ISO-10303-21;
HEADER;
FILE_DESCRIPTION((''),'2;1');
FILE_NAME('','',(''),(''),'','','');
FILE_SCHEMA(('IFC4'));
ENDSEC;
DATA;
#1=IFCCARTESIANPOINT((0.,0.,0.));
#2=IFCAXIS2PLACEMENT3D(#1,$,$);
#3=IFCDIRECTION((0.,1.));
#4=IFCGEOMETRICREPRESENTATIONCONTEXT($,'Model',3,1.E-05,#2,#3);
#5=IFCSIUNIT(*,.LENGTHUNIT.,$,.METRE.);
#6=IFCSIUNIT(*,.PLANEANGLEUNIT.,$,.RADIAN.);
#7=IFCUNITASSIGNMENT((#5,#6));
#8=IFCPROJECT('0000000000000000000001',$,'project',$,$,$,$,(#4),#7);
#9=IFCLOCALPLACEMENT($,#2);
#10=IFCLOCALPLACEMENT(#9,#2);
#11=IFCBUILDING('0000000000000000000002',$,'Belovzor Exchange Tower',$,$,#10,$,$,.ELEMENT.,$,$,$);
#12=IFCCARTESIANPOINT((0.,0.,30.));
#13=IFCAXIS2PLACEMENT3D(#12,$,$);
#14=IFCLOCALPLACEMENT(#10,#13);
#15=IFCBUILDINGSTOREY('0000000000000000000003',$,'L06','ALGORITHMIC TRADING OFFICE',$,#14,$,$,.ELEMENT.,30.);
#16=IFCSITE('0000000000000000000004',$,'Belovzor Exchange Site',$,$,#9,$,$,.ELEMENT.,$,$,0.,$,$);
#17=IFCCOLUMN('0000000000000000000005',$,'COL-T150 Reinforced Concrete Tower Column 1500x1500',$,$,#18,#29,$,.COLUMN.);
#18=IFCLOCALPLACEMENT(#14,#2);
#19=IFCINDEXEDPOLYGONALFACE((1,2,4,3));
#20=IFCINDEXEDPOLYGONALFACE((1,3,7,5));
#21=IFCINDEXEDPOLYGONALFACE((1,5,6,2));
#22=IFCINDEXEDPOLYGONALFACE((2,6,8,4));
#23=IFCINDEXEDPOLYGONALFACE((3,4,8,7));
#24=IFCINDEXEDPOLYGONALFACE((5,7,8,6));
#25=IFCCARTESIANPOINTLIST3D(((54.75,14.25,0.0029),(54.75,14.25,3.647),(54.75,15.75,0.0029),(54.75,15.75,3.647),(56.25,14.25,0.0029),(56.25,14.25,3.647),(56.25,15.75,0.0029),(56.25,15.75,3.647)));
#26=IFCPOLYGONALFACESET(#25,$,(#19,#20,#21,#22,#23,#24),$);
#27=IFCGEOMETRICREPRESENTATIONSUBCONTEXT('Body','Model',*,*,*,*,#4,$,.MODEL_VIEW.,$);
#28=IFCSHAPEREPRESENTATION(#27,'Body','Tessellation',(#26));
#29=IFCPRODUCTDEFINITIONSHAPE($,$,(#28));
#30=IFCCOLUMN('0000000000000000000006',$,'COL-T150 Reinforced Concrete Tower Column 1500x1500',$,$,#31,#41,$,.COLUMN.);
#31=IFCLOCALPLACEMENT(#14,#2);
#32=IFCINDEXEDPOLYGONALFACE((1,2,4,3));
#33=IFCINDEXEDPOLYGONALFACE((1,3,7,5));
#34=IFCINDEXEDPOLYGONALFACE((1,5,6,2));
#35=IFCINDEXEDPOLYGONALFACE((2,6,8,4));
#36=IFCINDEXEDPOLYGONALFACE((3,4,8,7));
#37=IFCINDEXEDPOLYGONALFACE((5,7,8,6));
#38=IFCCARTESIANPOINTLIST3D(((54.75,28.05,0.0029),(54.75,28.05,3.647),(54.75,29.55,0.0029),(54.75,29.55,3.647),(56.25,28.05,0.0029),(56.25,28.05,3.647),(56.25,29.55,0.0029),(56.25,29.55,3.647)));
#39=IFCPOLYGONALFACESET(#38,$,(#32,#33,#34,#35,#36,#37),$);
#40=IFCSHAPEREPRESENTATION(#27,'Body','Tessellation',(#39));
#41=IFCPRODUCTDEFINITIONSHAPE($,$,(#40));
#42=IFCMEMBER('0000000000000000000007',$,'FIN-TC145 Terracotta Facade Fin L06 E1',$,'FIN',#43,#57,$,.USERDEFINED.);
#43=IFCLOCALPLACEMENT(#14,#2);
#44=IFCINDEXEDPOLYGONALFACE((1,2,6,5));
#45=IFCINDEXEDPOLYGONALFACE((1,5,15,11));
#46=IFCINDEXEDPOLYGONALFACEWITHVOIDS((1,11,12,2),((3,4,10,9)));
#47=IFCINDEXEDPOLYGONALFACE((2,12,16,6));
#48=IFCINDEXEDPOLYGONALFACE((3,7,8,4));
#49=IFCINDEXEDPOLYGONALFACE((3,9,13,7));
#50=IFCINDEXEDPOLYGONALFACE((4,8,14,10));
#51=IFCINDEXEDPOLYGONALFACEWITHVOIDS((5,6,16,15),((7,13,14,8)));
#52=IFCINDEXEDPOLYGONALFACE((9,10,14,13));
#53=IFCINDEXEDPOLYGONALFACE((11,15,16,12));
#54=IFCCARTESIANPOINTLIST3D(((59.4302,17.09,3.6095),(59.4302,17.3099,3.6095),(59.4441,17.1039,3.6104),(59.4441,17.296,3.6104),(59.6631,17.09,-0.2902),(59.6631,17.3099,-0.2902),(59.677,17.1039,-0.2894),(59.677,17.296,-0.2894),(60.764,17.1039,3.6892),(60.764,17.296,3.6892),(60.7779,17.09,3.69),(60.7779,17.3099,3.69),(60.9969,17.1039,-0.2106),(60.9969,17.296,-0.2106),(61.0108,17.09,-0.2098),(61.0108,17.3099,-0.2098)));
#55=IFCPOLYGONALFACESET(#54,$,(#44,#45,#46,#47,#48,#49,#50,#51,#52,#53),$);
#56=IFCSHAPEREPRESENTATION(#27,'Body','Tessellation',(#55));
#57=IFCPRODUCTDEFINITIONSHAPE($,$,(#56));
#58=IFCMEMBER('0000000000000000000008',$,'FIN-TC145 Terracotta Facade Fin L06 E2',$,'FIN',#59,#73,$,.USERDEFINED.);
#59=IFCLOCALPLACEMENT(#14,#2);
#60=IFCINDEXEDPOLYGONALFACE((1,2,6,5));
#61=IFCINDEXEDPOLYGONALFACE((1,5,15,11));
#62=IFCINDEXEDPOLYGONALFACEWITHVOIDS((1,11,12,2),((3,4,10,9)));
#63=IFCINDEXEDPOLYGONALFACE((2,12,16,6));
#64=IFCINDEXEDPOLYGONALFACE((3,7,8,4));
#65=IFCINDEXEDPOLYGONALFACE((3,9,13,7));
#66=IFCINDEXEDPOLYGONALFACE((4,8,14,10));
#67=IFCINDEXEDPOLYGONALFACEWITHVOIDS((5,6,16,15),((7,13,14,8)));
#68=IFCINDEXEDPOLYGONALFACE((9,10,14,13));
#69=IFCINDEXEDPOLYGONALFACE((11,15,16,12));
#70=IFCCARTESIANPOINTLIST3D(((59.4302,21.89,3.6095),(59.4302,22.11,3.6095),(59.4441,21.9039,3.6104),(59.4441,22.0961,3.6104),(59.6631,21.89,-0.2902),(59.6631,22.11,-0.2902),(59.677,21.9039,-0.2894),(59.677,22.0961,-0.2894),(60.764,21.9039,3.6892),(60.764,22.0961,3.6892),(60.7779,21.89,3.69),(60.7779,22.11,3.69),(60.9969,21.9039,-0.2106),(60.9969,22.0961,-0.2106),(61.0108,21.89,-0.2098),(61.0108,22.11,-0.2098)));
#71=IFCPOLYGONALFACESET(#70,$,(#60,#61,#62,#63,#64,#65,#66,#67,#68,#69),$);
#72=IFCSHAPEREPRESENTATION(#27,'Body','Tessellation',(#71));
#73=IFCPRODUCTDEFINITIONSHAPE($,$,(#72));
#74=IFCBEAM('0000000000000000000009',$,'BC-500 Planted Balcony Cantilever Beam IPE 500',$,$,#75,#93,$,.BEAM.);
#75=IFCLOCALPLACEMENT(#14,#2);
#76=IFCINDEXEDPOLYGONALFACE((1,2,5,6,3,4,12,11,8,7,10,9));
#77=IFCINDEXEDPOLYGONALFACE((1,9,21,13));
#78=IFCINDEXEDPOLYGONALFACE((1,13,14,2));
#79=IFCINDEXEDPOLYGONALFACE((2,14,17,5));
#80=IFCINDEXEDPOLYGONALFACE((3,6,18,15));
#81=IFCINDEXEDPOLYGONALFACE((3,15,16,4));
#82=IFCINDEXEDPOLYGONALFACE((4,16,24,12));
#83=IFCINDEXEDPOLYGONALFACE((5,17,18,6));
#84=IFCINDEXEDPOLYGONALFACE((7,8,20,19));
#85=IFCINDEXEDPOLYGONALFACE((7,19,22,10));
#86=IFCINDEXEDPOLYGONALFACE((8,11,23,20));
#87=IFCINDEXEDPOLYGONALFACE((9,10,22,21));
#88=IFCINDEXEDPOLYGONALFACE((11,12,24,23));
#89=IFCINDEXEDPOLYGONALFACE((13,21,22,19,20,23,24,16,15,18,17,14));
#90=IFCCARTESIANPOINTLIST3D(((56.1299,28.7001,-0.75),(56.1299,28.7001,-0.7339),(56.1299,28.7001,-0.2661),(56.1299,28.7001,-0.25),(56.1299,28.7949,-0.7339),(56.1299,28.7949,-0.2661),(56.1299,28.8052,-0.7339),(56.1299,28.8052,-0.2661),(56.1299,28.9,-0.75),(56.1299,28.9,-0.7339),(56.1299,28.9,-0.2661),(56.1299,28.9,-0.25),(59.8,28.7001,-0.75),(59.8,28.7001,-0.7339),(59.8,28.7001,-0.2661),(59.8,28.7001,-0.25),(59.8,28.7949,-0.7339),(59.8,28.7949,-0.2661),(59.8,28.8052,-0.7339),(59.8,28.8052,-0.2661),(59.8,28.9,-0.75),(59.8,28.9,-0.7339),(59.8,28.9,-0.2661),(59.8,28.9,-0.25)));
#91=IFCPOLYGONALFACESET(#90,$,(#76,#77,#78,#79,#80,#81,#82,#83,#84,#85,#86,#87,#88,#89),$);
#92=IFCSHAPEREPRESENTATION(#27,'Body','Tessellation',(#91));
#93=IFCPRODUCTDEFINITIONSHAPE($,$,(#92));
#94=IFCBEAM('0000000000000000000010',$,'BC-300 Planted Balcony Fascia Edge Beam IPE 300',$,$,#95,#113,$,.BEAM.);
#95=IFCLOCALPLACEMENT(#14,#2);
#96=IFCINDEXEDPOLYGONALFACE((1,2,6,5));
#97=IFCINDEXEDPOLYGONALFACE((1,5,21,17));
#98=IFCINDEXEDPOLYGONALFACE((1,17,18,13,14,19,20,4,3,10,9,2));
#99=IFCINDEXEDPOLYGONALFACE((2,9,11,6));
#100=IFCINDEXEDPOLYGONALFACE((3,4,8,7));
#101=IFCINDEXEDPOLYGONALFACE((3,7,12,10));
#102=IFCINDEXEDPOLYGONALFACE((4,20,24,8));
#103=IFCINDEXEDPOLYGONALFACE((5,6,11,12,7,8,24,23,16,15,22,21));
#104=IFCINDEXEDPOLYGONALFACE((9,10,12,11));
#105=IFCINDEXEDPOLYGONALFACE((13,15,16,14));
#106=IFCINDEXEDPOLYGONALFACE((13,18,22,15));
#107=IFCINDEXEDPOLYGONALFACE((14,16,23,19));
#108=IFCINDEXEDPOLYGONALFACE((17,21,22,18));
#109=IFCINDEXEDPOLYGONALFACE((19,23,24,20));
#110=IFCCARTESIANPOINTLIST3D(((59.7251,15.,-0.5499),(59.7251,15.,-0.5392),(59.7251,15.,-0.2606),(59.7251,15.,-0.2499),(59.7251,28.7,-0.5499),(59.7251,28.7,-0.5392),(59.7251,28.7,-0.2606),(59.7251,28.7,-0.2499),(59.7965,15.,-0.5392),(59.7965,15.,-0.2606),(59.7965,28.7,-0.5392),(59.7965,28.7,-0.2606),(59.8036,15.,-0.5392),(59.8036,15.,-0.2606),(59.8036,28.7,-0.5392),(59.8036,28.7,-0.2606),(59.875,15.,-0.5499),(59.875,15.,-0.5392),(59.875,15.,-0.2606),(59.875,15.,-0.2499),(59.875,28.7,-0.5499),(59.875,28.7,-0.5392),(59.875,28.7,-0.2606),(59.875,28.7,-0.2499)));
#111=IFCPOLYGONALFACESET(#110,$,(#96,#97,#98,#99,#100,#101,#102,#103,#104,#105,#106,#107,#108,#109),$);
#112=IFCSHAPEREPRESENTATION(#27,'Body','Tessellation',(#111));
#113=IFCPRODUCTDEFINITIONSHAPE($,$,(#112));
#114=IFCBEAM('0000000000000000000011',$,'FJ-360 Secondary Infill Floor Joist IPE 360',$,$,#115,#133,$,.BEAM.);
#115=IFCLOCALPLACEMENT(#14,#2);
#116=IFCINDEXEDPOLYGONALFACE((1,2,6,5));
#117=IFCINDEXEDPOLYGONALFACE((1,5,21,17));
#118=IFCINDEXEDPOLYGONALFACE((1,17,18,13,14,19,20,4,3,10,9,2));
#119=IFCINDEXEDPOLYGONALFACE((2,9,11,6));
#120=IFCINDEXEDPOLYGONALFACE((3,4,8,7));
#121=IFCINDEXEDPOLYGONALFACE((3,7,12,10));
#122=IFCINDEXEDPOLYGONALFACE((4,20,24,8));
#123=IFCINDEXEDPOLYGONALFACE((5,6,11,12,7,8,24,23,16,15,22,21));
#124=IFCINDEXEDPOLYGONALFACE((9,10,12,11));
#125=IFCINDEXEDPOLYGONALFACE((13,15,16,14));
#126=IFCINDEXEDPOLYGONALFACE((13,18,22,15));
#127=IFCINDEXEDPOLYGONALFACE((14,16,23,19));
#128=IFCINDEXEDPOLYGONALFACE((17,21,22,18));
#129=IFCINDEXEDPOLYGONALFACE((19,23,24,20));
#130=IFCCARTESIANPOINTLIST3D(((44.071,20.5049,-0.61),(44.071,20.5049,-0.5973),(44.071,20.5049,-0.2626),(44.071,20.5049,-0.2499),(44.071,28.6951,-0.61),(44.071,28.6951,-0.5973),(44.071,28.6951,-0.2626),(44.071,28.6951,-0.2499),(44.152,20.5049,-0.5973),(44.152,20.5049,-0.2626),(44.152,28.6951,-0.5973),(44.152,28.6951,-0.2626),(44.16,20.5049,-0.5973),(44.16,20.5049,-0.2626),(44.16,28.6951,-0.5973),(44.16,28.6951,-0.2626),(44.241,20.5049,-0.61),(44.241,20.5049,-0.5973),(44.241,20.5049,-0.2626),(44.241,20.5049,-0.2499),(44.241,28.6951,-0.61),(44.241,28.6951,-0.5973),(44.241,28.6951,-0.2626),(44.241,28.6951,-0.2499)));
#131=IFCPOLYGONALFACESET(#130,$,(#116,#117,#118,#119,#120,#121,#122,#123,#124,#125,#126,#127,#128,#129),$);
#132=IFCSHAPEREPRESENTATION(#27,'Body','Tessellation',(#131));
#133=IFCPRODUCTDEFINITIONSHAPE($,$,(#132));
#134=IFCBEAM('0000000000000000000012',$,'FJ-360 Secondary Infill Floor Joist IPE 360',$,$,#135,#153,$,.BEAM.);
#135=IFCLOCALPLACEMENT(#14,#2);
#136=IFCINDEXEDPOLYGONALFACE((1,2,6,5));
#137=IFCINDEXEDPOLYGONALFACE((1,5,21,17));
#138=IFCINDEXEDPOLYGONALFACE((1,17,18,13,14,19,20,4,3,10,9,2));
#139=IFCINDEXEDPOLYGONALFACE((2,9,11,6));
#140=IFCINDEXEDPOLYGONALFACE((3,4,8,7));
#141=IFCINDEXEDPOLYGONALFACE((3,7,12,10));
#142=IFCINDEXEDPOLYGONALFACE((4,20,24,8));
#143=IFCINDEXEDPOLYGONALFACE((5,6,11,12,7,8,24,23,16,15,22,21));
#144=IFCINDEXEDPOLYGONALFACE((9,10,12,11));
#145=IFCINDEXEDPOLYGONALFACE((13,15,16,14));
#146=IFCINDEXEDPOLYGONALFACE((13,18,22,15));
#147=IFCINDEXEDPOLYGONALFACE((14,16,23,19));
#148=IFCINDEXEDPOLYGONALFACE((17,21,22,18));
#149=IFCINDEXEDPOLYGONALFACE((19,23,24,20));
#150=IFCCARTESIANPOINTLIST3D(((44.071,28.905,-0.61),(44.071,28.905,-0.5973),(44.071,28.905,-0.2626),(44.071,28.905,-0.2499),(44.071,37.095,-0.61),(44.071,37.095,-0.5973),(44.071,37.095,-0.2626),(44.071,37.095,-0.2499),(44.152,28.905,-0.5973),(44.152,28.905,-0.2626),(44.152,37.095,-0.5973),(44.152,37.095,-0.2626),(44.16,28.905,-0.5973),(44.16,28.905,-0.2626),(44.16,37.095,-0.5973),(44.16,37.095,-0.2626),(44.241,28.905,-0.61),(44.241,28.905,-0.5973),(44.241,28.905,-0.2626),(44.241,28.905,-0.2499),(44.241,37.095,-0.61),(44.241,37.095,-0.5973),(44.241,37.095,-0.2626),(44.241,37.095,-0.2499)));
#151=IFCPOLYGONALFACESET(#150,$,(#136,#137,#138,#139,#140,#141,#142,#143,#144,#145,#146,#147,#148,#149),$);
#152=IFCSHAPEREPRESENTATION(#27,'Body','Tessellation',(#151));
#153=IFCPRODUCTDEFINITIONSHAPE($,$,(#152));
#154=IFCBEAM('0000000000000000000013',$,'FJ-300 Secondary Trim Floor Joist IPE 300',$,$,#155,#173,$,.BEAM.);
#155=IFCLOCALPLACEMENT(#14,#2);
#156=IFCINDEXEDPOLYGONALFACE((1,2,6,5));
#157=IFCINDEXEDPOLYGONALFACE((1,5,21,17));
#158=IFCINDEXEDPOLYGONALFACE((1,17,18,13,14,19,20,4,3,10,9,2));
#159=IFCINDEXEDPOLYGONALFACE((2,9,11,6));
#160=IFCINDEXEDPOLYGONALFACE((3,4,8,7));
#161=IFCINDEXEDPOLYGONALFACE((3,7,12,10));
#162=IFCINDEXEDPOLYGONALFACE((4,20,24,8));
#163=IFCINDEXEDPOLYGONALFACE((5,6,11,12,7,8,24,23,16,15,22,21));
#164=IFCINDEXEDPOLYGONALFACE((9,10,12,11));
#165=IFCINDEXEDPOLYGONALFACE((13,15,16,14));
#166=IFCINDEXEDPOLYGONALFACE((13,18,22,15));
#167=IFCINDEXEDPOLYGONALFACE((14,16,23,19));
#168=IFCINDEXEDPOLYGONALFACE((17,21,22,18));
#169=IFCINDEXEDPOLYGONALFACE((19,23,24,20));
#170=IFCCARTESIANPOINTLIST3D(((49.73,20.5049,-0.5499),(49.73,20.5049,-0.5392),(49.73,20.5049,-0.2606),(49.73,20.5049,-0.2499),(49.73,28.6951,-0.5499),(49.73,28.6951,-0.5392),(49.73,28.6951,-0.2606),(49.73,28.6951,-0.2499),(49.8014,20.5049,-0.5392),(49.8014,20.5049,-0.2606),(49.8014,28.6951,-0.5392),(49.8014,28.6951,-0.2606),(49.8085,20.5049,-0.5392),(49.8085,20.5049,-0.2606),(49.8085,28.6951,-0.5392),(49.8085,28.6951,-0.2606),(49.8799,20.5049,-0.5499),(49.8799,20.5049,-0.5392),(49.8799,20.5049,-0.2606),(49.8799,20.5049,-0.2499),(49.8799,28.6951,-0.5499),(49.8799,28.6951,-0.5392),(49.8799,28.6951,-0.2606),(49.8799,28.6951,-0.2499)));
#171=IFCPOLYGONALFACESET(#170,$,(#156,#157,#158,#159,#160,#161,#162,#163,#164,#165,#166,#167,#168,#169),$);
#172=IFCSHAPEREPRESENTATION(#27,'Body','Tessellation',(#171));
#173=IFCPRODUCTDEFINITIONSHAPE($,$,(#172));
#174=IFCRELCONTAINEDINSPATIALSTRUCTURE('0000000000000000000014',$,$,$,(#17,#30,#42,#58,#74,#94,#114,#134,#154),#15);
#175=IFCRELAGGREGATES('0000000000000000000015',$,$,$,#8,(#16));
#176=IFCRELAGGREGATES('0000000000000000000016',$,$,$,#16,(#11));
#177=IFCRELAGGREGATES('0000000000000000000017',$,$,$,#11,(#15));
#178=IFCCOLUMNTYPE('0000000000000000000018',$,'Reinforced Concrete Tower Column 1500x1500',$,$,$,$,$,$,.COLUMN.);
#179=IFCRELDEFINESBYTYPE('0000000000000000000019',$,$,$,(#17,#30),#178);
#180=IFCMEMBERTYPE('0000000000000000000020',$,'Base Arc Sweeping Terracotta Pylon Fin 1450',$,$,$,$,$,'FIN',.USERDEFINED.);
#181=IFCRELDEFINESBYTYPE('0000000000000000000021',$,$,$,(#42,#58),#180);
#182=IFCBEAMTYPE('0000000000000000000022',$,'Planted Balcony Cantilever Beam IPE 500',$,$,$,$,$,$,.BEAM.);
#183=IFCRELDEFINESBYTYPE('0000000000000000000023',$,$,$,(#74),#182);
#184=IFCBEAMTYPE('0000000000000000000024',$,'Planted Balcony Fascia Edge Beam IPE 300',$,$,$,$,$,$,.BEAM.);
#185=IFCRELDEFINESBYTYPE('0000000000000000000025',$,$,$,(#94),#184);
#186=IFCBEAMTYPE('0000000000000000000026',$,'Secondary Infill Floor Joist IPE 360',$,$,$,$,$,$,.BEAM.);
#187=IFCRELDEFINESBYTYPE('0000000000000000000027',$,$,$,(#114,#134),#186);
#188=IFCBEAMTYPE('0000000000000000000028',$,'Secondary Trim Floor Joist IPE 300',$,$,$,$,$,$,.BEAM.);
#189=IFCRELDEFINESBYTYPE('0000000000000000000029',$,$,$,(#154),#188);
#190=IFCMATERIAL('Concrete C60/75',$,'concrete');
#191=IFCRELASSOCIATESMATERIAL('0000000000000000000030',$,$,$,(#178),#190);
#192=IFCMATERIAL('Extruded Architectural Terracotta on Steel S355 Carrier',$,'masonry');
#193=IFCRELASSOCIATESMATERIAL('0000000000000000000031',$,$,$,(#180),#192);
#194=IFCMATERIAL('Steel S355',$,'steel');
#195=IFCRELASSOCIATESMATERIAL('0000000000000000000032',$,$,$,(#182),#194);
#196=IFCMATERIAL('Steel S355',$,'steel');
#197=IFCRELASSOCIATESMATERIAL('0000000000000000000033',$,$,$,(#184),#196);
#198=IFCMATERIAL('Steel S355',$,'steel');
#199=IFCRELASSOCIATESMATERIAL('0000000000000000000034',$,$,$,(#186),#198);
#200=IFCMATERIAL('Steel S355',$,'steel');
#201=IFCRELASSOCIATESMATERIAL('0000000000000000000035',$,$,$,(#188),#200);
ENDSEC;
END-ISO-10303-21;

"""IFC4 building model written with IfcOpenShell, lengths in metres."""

from ifc_helpers import new_model, si_unit, direction, frame, origin, origin_2d, place, context, subcontext, project, spatial, rectangle, hollow_rectangle, i_section, extrude, material, material_profile, profile_set, type_object, element, save


model = new_model("IFC4")

# Units and contexts
model_context = context("Model", 3, precision=1e-05, world=origin(), true_north=direction((0.0, 1.0)))
body_context = subcontext(model_context, "Body", "Model", "MODEL_VIEW")
ifc_project = project(units=[si_unit("LENGTHUNIT", "METRE"), si_unit("PLANEANGLEUNIT", "RADIAN")], contexts=[model_context])

# Site, building, storey
site_placement = place(None, origin())
site = spatial("IfcSite", under=ifc_project, at=site_placement, Name="Belovzor Exchange Site", CompositionType="ELEMENT", RefElevation=0.0)
building_placement = place(site_placement, origin())
building = spatial("IfcBuilding", under=site, at=building_placement, Name="Belovzor Exchange Tower", CompositionType="ELEMENT")
storey_placement = place(building_placement, frame((0.0, 0.0, 30.0)))
storey = spatial("IfcBuildingStorey", under=building, at=storey_placement, Name="L06", Description="ALGORITHMIC TRADING OFFICE", CompositionType="ELEMENT", Elevation=30.0)

# Columns
ifc_material_1 = material(Name="Concrete C60/75", Category="concrete")
ifc_material_profile_1 = material_profile(ifc_material_1, rectangle(XDim=1.5, YDim=1.5, at=origin_2d()))
ifc_profile_set_1 = profile_set([ifc_material_profile_1], Name="Concrete C60/75")
column_type = type_object("IfcColumnType", Name="Reinforced Concrete Tower Column 1500x1500", PredefinedType="COLUMN", material=ifc_profile_set_1)
for number, where, z_axis, x_axis, name in (
    (1, (55.5, 15.0, 0.0029), (0.0, 0.0, 1.0), (1.0, 0.0, 0.0), "COL-T150 Reinforced Concrete Tower Column 1500x1500"),
    (2, (55.5, 28.8, 0.0029), (0.0, 0.0, 1.0), (1.0, 0.0, 0.0), "COL-T150 Reinforced Concrete Tower Column 1500x1500"),
):
    element("IfcColumn", number, at=place(storey_placement, frame(where, z_axis=z_axis, x_axis=x_axis)), inside=storey, type_object=column_type, Name=name, PredefinedType="COLUMN", context=body_context, shape_type="SweptSolid", body=[
        extrude(rectangle(XDim=1.5, YDim=1.5, at=origin_2d()), origin(), (0.0, 0.0, 1.0), 3.644),
    ])

# Members
ifc_material_2 = material(Name="Extruded Architectural Terracotta on Steel S355 Carrier", Category="masonry")
ifc_material_profile_2 = material_profile(ifc_material_2, hollow_rectangle(XDim=0.22, YDim=1.3501, WallThickness=0.0139, at=origin_2d()))
ifc_profile_set_2 = profile_set([ifc_material_profile_2], Name="Extruded Architectural Terracotta on Steel S355 Carrier")
member_type_1 = type_object("IfcMemberType", Name="Base Arc Sweeping Terracotta Pylon Fin 1450", ElementType="FIN", PredefinedType="USERDEFINED", material=ifc_profile_set_2)
for number, where, z_axis, x_axis, name in (
    (3, (60.3369, 17.2, -0.25), (-0.059616, 0.0, 0.998221), (0.0, -1.0, 0.0), "FIN-TC145 Terracotta Facade Fin L06 E1"),
    (4, (60.3369, 22.0, -0.25), (-0.059616, 0.0, 0.998221), (0.0, -1.0, 0.0), "FIN-TC145 Terracotta Facade Fin L06 E2"),
):
    element("IfcMember", number, at=place(storey_placement, frame(where, z_axis=z_axis, x_axis=x_axis)), inside=storey, type_object=member_type_1, Name=name, ObjectType="FIN", PredefinedType="USERDEFINED", context=body_context, shape_type="SweptSolid", body=[
        extrude(hollow_rectangle(XDim=0.22, YDim=1.3501, WallThickness=0.0139, at=origin_2d()), origin(), (0.0, 0.0, 1.0), 3.9067),
    ])

# Beams
ifc_material_3 = material(Name="Steel S355", Category="steel")
ifc_material_profile_3 = material_profile(ifc_material_3, i_section(OverallWidth=0.2, OverallDepth=0.5, WebThickness=0.0103, FlangeThickness=0.0161, at=origin_2d()))
ifc_profile_set_3 = profile_set([ifc_material_profile_3], Name="Steel S355")
beam_type_1 = type_object("IfcBeamType", Name="Planted Balcony Cantilever Beam IPE 500", PredefinedType="BEAM", material=ifc_profile_set_3)
beam_1_placement = place(storey_placement, frame((56.1299, 28.8, -0.5), z_axis=(1.0, 0.0, 0.0), x_axis=(0.0, 1.0, 0.0)))
element("IfcBeam", 5, at=beam_1_placement, inside=storey, type_object=beam_type_1, Name="BC-500 Planted Balcony Cantilever Beam IPE 500", PredefinedType="BEAM", context=body_context, shape_type="SweptSolid", body=[
    extrude(i_section(OverallWidth=0.2, OverallDepth=0.5, WebThickness=0.0103, FlangeThickness=0.0161, at=origin_2d()), origin(), (0.0, 0.0, 1.0), 3.6702),
])
ifc_material_4 = material(Name="Steel S355", Category="steel")
ifc_material_profile_4 = material_profile(ifc_material_4, i_section(OverallWidth=0.1499, OverallDepth=0.3, WebThickness=0.0071, FlangeThickness=0.0107, at=origin_2d()))
ifc_profile_set_4 = profile_set([ifc_material_profile_4], Name="Steel S355")
beam_type_2 = type_object("IfcBeamType", Name="Planted Balcony Fascia Edge Beam IPE 300", PredefinedType="BEAM", material=ifc_profile_set_4)
beam_2_placement = place(storey_placement, frame((59.8, 15.0, -0.3999), z_axis=(0.0, 1.0, 0.0), x_axis=(-1.0, 0.0, 0.0)))
element("IfcBeam", 6, at=beam_2_placement, inside=storey, type_object=beam_type_2, Name="BC-300 Planted Balcony Fascia Edge Beam IPE 300", PredefinedType="BEAM", context=body_context, shape_type="SweptSolid", body=[
    extrude(i_section(OverallWidth=0.1499, OverallDepth=0.3, WebThickness=0.0071, FlangeThickness=0.0107, at=origin_2d()), origin(), (0.0, 0.0, 1.0), 13.7),
])
ifc_material_5 = material(Name="Steel S355", Category="steel")
ifc_material_profile_5 = material_profile(ifc_material_5, i_section(OverallWidth=0.1699, OverallDepth=0.3601, WebThickness=0.0081, FlangeThickness=0.0127, at=origin_2d()))
ifc_profile_set_5 = profile_set([ifc_material_profile_5], Name="Steel S355")
beam_type_3 = type_object("IfcBeamType", Name="Secondary Infill Floor Joist IPE 360", PredefinedType="BEAM", material=ifc_profile_set_5)
beam_3_placement = place(storey_placement, frame((44.156, 20.5049, -0.4299), z_axis=(0.0, 1.0, 0.0), x_axis=(-1.0, 0.0, 0.0)))
element("IfcBeam", 7, at=beam_3_placement, inside=storey, type_object=beam_type_3, Name="FJ-360 Secondary Infill Floor Joist IPE 360", PredefinedType="BEAM", context=body_context, shape_type="SweptSolid", body=[
    extrude(i_section(OverallWidth=0.1699, OverallDepth=0.3601, WebThickness=0.0081, FlangeThickness=0.0127, at=origin_2d()), origin(), (0.0, 0.0, 1.0), 8.1902),
])
beam_4_placement = place(storey_placement, frame((44.156, 28.905, -0.4299), z_axis=(0.0, 1.0, 0.0), x_axis=(-1.0, 0.0, 0.0)))
element("IfcBeam", 8, at=beam_4_placement, inside=storey, type_object=beam_type_3, Name="FJ-360 Secondary Infill Floor Joist IPE 360", PredefinedType="BEAM", context=body_context, shape_type="SweptSolid", body=[
    extrude(i_section(OverallWidth=0.1699, OverallDepth=0.3601, WebThickness=0.0081, FlangeThickness=0.0127, at=origin_2d()), origin(), (0.0, 0.0, 1.0), 8.1899),
])
ifc_material_6 = material(Name="Steel S355", Category="steel")
ifc_material_profile_6 = material_profile(ifc_material_6, i_section(OverallWidth=0.1499, OverallDepth=0.3, WebThickness=0.0071, FlangeThickness=0.0107, at=origin_2d()))
ifc_profile_set_6 = profile_set([ifc_material_profile_6], Name="Steel S355")
beam_type_4 = type_object("IfcBeamType", Name="Secondary Trim Floor Joist IPE 300", PredefinedType="BEAM", material=ifc_profile_set_6)
beam_5_placement = place(storey_placement, frame((49.8049, 20.5049, -0.3999), z_axis=(0.0, 1.0, 0.0), x_axis=(-1.0, 0.0, 0.0)))
element("IfcBeam", 9, at=beam_5_placement, inside=storey, type_object=beam_type_4, Name="FJ-300 Secondary Trim Floor Joist IPE 300", PredefinedType="BEAM", context=body_context, shape_type="SweptSolid", body=[
    extrude(i_section(OverallWidth=0.1499, OverallDepth=0.3, WebThickness=0.0071, FlangeThickness=0.0107, at=origin_2d()), origin(), (0.0, 0.0, 1.0), 8.1902),
])

save(model, "model.ifc")
